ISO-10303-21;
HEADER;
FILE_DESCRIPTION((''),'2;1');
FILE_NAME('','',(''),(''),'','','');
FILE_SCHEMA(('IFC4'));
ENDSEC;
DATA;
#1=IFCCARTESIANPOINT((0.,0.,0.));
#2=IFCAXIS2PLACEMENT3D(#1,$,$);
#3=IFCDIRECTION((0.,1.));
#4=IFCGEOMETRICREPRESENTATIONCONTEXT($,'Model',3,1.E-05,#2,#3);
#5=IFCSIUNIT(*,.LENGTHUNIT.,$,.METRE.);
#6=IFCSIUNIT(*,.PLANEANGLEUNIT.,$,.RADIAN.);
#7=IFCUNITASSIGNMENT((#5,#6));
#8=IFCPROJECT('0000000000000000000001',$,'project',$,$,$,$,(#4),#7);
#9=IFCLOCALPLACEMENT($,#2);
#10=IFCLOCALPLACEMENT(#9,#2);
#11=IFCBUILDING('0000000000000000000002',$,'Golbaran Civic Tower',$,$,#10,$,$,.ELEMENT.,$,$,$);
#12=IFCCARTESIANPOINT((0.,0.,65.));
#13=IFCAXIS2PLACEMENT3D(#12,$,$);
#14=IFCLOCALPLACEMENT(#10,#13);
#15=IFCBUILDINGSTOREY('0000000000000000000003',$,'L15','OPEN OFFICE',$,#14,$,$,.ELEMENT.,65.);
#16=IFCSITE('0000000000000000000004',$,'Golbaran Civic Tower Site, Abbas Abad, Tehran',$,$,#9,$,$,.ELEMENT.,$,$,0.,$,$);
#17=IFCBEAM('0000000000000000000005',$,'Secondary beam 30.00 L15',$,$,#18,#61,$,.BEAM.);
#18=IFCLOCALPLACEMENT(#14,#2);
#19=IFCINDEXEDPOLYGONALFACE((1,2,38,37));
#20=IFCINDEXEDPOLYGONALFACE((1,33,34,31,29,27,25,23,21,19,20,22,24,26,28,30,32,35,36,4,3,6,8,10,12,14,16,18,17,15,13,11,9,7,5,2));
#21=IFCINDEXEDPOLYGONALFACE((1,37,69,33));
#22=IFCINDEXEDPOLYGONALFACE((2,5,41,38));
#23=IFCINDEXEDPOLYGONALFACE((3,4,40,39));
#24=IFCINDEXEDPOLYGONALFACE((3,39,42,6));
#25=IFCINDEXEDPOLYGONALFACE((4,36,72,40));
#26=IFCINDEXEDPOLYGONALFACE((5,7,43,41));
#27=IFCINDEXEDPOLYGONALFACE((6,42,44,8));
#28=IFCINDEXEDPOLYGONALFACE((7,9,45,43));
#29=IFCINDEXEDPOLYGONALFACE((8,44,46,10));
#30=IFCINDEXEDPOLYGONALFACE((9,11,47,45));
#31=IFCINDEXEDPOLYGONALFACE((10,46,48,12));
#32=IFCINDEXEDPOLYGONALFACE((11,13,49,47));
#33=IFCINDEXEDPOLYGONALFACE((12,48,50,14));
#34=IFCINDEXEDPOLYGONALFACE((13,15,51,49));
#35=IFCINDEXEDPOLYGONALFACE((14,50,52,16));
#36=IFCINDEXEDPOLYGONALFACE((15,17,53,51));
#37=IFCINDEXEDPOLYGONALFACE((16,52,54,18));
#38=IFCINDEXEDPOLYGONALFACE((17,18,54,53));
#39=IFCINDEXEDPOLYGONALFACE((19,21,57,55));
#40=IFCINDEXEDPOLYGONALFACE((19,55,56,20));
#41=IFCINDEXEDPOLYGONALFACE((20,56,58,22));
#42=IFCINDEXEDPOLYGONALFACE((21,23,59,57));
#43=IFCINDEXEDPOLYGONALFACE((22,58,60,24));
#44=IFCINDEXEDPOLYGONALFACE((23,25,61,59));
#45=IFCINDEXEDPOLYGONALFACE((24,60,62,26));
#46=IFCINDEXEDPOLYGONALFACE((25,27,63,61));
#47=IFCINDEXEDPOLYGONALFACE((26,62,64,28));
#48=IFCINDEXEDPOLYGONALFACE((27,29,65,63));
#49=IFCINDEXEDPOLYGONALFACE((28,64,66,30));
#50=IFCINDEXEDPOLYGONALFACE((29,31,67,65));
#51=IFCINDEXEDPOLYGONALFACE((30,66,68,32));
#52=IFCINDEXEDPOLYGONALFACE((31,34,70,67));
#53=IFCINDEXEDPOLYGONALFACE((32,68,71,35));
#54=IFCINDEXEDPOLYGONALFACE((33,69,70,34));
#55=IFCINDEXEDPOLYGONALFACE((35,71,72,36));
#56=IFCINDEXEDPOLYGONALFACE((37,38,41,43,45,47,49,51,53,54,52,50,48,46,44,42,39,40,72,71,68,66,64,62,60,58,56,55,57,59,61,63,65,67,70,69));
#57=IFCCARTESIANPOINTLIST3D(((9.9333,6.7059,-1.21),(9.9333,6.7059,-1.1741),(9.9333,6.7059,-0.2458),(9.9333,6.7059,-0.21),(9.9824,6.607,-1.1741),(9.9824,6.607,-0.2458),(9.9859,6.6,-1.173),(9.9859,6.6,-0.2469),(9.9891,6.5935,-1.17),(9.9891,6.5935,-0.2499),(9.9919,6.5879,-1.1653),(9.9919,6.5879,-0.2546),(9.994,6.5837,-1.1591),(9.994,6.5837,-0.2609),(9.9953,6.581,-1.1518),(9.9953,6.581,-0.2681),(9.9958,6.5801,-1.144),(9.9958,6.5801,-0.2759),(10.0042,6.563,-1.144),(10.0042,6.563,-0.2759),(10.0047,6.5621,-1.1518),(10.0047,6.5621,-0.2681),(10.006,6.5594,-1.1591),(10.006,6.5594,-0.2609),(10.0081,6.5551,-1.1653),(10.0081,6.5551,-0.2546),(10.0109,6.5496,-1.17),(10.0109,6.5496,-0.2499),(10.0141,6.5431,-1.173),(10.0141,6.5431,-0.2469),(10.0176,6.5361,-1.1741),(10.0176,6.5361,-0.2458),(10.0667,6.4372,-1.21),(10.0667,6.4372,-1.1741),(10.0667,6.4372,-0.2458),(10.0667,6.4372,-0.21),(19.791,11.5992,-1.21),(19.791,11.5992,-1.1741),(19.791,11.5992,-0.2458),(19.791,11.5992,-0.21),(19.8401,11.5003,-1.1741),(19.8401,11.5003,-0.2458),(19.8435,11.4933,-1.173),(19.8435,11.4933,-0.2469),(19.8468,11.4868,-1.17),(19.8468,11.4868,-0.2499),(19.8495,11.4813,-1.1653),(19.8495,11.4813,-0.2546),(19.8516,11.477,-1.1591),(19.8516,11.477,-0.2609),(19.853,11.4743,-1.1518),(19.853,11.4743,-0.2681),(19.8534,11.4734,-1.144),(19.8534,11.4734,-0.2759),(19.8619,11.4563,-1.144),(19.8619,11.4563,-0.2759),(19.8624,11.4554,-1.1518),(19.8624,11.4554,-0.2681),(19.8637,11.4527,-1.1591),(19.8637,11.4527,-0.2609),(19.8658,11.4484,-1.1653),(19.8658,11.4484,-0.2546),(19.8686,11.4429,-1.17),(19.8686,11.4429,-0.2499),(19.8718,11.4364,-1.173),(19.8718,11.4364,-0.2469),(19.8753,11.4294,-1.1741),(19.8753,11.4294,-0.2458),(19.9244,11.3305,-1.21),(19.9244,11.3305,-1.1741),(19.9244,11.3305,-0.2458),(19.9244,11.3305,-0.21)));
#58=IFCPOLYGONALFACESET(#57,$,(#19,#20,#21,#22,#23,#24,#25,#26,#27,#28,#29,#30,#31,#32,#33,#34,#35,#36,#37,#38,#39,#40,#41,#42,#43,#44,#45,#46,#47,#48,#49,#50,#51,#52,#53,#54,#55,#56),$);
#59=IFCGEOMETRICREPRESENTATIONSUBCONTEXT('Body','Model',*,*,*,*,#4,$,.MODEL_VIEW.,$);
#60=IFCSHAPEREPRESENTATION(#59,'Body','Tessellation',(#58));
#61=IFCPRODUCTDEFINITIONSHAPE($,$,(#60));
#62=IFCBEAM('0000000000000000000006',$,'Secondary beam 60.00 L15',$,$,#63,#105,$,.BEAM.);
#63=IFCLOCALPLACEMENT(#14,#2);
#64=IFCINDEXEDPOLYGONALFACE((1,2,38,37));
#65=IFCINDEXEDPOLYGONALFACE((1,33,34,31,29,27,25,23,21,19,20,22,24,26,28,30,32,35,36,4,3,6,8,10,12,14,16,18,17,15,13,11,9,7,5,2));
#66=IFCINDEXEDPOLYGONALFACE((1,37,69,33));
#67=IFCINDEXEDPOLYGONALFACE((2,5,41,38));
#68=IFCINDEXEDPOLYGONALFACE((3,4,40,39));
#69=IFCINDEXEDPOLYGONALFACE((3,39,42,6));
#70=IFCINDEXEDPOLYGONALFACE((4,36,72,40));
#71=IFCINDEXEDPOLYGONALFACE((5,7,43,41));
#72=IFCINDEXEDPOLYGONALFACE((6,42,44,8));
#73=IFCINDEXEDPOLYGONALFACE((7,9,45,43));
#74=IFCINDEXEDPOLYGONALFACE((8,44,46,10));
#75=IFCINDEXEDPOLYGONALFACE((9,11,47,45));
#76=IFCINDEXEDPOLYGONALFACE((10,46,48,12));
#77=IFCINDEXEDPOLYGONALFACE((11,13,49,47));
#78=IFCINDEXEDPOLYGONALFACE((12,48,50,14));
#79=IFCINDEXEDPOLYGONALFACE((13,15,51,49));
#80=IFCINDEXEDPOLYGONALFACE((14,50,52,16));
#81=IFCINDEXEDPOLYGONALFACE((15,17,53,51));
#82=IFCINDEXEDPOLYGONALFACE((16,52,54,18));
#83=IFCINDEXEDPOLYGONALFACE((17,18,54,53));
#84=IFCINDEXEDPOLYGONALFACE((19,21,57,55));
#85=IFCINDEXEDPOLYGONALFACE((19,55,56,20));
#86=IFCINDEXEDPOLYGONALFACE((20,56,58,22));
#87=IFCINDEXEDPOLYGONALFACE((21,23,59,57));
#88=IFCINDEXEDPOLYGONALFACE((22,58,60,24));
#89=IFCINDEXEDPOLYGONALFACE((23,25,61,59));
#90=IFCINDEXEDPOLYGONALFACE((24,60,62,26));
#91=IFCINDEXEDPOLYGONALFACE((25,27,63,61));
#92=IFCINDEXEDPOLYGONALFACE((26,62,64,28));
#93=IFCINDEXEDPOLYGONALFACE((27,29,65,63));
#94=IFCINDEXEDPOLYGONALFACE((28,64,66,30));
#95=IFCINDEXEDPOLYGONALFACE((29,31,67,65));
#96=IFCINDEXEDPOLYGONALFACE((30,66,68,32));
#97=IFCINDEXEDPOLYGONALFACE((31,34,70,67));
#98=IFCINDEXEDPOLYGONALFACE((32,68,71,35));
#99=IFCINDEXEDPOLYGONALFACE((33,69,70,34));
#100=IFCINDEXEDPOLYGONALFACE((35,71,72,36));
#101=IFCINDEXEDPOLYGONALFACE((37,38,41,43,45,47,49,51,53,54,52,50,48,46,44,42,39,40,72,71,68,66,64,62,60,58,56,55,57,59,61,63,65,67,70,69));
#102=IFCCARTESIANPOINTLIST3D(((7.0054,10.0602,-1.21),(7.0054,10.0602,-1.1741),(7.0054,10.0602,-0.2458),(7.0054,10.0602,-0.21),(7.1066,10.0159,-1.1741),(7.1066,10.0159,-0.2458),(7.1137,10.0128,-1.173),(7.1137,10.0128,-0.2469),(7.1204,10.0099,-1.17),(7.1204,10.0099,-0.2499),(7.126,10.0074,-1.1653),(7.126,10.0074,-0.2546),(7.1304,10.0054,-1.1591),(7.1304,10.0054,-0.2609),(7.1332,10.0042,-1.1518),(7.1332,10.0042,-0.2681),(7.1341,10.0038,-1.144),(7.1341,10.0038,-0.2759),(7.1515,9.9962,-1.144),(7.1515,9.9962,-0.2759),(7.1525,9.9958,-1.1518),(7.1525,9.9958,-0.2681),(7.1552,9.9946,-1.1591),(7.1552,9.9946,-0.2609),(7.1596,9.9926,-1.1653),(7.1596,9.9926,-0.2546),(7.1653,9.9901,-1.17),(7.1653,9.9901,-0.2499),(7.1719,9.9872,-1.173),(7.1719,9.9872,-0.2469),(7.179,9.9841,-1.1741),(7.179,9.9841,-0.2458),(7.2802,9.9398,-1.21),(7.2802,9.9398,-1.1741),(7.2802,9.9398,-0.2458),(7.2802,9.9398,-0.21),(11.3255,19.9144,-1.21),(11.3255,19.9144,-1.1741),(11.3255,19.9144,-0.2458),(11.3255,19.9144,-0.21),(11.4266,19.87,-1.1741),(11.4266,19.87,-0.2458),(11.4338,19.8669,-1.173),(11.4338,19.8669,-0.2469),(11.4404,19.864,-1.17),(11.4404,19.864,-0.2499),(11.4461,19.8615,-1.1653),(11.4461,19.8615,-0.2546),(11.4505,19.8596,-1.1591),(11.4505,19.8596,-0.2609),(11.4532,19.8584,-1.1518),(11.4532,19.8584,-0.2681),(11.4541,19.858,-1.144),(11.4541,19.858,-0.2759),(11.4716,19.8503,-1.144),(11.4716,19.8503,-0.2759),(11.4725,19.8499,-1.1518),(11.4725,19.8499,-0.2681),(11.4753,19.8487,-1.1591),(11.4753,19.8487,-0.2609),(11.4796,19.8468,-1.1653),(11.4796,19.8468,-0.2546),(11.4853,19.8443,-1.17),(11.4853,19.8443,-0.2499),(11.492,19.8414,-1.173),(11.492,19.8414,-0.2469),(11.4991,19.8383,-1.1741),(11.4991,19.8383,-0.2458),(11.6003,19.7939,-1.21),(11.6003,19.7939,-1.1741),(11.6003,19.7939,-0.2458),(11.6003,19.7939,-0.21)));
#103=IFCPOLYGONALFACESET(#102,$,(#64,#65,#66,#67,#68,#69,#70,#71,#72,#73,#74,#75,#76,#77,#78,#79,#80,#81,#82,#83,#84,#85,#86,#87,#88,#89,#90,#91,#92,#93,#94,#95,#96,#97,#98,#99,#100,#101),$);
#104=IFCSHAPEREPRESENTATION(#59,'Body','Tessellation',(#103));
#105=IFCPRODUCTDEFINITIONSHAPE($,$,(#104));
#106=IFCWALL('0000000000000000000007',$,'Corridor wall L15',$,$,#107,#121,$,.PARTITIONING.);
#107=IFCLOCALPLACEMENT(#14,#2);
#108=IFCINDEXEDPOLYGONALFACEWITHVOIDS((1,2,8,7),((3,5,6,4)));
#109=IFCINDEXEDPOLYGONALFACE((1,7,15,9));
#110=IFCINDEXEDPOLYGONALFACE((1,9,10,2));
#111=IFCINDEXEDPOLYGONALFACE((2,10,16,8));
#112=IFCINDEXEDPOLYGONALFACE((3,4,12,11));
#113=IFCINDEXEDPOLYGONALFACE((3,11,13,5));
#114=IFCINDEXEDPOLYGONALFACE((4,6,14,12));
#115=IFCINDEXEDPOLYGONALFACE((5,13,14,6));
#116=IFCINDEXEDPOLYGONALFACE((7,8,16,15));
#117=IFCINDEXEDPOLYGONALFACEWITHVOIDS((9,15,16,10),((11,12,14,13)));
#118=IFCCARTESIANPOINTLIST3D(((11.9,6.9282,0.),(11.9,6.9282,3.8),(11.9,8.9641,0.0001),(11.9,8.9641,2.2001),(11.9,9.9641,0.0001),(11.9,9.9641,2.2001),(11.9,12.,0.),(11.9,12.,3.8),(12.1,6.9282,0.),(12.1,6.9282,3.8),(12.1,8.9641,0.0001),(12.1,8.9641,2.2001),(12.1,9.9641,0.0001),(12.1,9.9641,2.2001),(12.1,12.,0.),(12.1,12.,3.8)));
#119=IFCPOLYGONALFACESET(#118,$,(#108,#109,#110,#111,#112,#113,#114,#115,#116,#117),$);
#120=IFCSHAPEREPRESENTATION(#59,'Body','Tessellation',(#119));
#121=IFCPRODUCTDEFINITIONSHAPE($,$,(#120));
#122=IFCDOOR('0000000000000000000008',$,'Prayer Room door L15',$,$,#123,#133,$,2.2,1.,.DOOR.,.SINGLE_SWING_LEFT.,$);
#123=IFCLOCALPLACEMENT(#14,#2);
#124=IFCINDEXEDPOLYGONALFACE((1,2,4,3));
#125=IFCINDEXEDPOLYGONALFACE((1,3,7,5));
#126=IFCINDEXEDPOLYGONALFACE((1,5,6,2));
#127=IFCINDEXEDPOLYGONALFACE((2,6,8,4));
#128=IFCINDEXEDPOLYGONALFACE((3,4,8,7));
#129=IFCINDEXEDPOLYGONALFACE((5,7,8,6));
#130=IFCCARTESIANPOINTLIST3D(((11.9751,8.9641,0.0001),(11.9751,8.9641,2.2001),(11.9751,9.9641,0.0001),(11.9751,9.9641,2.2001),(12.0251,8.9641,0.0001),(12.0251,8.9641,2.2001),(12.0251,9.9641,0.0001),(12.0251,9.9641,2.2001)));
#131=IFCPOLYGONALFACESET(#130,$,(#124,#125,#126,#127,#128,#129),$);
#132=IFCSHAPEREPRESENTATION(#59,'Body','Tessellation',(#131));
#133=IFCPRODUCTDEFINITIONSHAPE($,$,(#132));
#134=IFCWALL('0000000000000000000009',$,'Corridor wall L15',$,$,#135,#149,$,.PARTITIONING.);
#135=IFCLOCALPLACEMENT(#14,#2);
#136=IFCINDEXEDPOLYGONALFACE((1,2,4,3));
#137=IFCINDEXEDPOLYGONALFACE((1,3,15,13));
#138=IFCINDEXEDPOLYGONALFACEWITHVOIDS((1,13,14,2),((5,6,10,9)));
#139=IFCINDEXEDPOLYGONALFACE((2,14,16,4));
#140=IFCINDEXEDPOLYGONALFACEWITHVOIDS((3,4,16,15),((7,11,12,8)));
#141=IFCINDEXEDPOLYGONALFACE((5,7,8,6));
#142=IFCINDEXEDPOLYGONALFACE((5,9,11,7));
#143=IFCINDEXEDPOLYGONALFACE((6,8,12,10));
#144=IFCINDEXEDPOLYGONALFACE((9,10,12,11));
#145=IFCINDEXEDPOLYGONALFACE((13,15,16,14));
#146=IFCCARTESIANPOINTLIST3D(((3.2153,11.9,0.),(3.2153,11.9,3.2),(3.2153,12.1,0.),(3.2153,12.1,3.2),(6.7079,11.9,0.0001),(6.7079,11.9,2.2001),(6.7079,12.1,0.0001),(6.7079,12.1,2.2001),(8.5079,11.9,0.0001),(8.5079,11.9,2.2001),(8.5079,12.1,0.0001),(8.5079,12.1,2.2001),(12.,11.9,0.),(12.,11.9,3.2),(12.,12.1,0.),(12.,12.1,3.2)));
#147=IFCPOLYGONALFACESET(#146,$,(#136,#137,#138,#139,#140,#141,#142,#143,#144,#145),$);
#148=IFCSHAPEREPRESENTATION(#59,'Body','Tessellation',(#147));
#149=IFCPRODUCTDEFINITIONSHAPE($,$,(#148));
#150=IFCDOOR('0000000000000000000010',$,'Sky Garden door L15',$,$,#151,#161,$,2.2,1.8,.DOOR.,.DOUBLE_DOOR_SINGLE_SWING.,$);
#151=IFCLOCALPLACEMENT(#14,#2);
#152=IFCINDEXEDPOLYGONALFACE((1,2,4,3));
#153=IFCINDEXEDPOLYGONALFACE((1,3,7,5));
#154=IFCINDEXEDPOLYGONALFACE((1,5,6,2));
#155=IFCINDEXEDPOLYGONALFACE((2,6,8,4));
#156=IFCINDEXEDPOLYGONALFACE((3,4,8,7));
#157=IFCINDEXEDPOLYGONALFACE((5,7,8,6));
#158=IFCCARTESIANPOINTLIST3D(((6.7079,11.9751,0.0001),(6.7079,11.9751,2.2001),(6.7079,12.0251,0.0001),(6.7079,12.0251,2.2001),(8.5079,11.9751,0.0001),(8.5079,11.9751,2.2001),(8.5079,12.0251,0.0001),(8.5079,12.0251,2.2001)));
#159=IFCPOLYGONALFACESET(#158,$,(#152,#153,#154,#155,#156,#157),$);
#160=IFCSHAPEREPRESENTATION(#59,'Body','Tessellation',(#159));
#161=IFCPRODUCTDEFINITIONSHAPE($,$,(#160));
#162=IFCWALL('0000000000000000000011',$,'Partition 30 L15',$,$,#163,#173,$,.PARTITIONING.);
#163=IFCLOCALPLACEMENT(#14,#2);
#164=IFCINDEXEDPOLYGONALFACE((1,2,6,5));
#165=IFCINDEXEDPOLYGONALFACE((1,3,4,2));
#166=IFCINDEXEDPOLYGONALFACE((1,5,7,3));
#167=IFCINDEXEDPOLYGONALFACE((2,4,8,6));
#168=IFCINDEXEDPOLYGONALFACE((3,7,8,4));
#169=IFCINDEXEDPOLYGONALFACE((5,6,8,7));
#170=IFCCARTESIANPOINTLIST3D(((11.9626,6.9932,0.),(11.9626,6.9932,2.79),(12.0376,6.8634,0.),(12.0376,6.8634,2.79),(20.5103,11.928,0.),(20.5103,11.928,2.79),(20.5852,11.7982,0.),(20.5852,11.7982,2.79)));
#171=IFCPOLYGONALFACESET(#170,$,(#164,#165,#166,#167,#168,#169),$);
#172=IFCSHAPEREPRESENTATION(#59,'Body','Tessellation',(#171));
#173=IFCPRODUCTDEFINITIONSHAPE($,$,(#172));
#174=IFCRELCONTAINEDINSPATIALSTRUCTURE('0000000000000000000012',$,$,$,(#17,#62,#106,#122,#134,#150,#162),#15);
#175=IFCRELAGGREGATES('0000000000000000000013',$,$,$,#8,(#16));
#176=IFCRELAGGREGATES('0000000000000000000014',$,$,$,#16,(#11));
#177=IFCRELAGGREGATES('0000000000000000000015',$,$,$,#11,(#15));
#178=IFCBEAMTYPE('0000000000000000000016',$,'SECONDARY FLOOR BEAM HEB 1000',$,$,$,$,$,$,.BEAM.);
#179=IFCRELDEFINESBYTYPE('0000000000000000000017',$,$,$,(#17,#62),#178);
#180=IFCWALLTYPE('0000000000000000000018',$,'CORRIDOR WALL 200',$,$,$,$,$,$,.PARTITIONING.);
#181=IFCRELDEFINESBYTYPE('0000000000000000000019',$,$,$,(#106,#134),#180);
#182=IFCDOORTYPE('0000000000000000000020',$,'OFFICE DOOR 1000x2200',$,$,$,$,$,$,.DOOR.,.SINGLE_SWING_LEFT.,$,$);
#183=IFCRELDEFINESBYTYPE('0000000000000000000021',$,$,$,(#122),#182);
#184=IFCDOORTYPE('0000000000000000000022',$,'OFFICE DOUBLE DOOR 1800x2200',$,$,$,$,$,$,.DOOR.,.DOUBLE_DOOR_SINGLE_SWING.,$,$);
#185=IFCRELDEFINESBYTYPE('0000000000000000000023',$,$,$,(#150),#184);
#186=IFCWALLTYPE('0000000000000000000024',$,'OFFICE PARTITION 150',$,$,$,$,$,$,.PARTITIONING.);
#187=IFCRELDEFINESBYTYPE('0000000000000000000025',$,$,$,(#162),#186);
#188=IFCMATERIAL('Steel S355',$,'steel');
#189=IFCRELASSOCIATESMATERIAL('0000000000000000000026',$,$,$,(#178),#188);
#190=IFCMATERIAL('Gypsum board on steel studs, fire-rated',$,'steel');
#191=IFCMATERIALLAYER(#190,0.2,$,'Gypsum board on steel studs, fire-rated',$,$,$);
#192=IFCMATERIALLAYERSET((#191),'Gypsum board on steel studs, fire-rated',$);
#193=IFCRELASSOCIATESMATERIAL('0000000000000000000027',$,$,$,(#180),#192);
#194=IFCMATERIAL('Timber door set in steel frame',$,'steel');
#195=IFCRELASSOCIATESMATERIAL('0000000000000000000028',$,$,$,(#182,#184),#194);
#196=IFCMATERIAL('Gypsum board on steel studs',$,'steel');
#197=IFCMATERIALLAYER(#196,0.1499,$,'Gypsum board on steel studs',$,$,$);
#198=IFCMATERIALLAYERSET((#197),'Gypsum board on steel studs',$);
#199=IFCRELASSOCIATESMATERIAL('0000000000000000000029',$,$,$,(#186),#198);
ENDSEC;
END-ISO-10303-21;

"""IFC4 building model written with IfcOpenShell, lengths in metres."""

from ifc_helpers import new_model, si_unit, direction, frame, frame_2d, origin, origin_2d, place, context, subcontext, project, spatial, rectangle, i_section, extrude, material, layer, layer_set, material_profile, profile_set, type_object, element, fill, save


model = new_model("IFC4")

# Units and contexts
model_context = context("Model", 3, precision=1e-05, world=origin(), true_north=direction((0.0, 1.0)))
body_context = subcontext(model_context, "Body", "Model", "MODEL_VIEW")
ifc_project = project(units=[si_unit("LENGTHUNIT", "METRE"), si_unit("PLANEANGLEUNIT", "RADIAN")], contexts=[model_context])

# Site, building, storey
site_placement = place(None, origin())
site = spatial("IfcSite", under=ifc_project, at=site_placement, Name="Golbaran Civic Tower Site, Abbas Abad, Tehran", CompositionType="ELEMENT", RefElevation=0.0)
building_placement = place(site_placement, origin())
building = spatial("IfcBuilding", under=site, at=building_placement, Name="Golbaran Civic Tower", CompositionType="ELEMENT")
storey_placement = place(building_placement, frame((0.0, 0.0, 65.0)))
storey = spatial("IfcBuildingStorey", under=building, at=storey_placement, Name="L15", Description="OPEN OFFICE", CompositionType="ELEMENT", Elevation=65.0)

# Beams
ifc_material_1 = material(Name="Steel S355", Category="steel")
ifc_material_profile_1 = material_profile(ifc_material_1, i_section(OverallWidth=0.3, OverallDepth=1.0, WebThickness=0.019, FlangeThickness=0.0359, FilletRadius=0.03, at=origin_2d()), Name="HEB 1000")
ifc_profile_set_1 = profile_set([ifc_material_profile_1], Name="Steel S355")
beam_type_1 = type_object("IfcBeamType", Name="SECONDARY FLOOR BEAM HEB 1000", PredefinedType="BEAM", material=ifc_profile_set_1)
beam_1_placement = place(storey_placement, frame((10.0, 6.5715, -0.71), z_axis=(0.895715, 0.44463, 0.0), x_axis=(-0.44463, 0.895715, 0.0)))
element("IfcBeam", 1, at=beam_1_placement, inside=storey, type_object=beam_type_1, Name="Secondary beam 30.00 L15", PredefinedType="BEAM", context=body_context, shape_type="SweptSolid", body=[
    extrude(i_section(OverallWidth=0.3, OverallDepth=1.0, WebThickness=0.019, FlangeThickness=0.0359, FilletRadius=0.03, at=origin_2d()), origin(), (0.0, 0.0, 1.0), 11.0054),
])
beam_2_placement = place(storey_placement, frame((7.1428, 10.0, -0.71), z_axis=(0.401508, 0.915856, 0.0), x_axis=(-0.915856, 0.401508, 0.0)))
element("IfcBeam", 2, at=beam_2_placement, inside=storey, type_object=beam_type_1, Name="Secondary beam 60.00 L15", PredefinedType="BEAM", context=body_context, shape_type="SweptSolid", body=[
    extrude(i_section(OverallWidth=0.3, OverallDepth=1.0, WebThickness=0.019, FlangeThickness=0.0359, FilletRadius=0.03, at=origin_2d()), origin(), (0.0, 0.0, 1.0), 10.7595),
])

# Walls, openings, doors
ifc_material_2 = material(Name="Gypsum board on steel studs, fire-rated", Category="steel")
ifc_layer_1 = layer(ifc_material_2, 0.2, Name="Gypsum board on steel studs, fire-rated")
ifc_layer_set_1 = layer_set([ifc_layer_1], Name="Gypsum board on steel studs, fire-rated")
wall_type_1 = type_object("IfcWallType", Name="CORRIDOR WALL 200", PredefinedType="PARTITIONING", material=ifc_layer_set_1)
wall_1_placement = place(storey_placement, frame((12.0, 6.9282, 0.0), z_axis=(0.0, 0.0, 1.0), x_axis=(0.0, 1.0, 0.0)))
wall_1 = element("IfcWall", 3, at=wall_1_placement, inside=storey, type_object=wall_type_1, Name="Corridor wall L15", PredefinedType="PARTITIONING", context=body_context, shape_type="SweptSolid", body=[
    extrude(rectangle(XDim=5.0718, YDim=0.2, at=frame_2d((2.5359, 0.0))), origin(), (0.0, 0.0, 1.0), 3.8),
])
opening_1_placement = place(wall_1_placement, frame((2.0359, 0.0, 0.0)))
opening_1 = element("IfcOpeningElement", 4, at=opening_1_placement, cuts=wall_1, PredefinedType="OPENING", context=body_context, shape_type="SweptSolid", body=[
    extrude(rectangle(XDim=1.0, YDim=2.2, at=frame_2d((0.5, 1.1001))), frame((0.0, 0.1099, 0.0), z_axis=(0.0, -1.0, 0.0), x_axis=(1.0, 0.0, 0.0)), (0.0, 0.0, 1.0), 0.22),
])
ifc_material_3 = material(Name="Timber door set in steel frame", Category="steel")
door_type_1 = type_object("IfcDoorType", Name="OFFICE DOOR 1000x2200", OperationType="SINGLE_SWING_LEFT", PredefinedType="DOOR", material=ifc_material_3)
door_1_placement = place(opening_1_placement, origin())
door_1 = element("IfcDoor", 5, at=door_1_placement, inside=storey, type_object=door_type_1, Name="Prayer Room door L15", OperationType="SINGLE_SWING_LEFT", OverallHeight=2.2, OverallWidth=1.0, PredefinedType="DOOR", context=body_context, shape_type="SweptSolid", body=[
    extrude(rectangle(XDim=1.0, YDim=2.2, at=frame_2d((0.5, 1.1001))), frame((0.0, 0.0249, 0.0), z_axis=(0.0, -1.0, 0.0), x_axis=(1.0, 0.0, 0.0)), (0.0, 0.0, 1.0), 0.05),
])
fill(opening_1, door_1)
wall_2_placement = place(storey_placement, frame((12.0, 12.0, 0.0), z_axis=(0.0, 0.0, 1.0), x_axis=(-1.0, 0.0, 0.0)))
wall_2 = element("IfcWall", 6, at=wall_2_placement, inside=storey, type_object=wall_type_1, Name="Corridor wall L15", PredefinedType="PARTITIONING", context=body_context, shape_type="SweptSolid", body=[
    extrude(rectangle(XDim=8.7847, YDim=0.2, at=frame_2d((4.3923, 0.0))), origin(), (0.0, 0.0, 1.0), 3.2),
])
opening_2_placement = place(wall_2_placement, frame((3.4922, 0.0, 0.0)))
opening_2 = element("IfcOpeningElement", 7, at=opening_2_placement, cuts=wall_2, PredefinedType="OPENING", context=body_context, shape_type="SweptSolid", body=[
    extrude(rectangle(XDim=1.8, YDim=2.2, at=frame_2d((0.8999, 1.1001))), frame((0.0, 0.1099, 0.0), z_axis=(0.0, -1.0, 0.0), x_axis=(1.0, 0.0, 0.0)), (0.0, 0.0, 1.0), 0.22),
])
door_type_2 = type_object("IfcDoorType", Name="OFFICE DOUBLE DOOR 1800x2200", OperationType="DOUBLE_DOOR_SINGLE_SWING", PredefinedType="DOOR", material=ifc_material_3)
door_2_placement = place(opening_2_placement, origin())
door_2 = element("IfcDoor", 8, at=door_2_placement, inside=storey, type_object=door_type_2, Name="Sky Garden door L15", OperationType="DOUBLE_DOOR_SINGLE_SWING", OverallHeight=2.2, OverallWidth=1.8, PredefinedType="DOOR", context=body_context, shape_type="SweptSolid", body=[
    extrude(rectangle(XDim=1.8, YDim=2.2, at=frame_2d((0.8999, 1.1001))), frame((0.0, 0.0249, 0.0), z_axis=(0.0, -1.0, 0.0), x_axis=(1.0, 0.0, 0.0)), (0.0, 0.0, 1.0), 0.05),
])
fill(opening_2, door_2)

# Wall
ifc_material_4 = material(Name="Gypsum board on steel studs", Category="steel")
ifc_layer_2 = layer(ifc_material_4, 0.1499, Name="Gypsum board on steel studs")
ifc_layer_set_2 = layer_set([ifc_layer_2], Name="Gypsum board on steel studs")
wall_type_2 = type_object("IfcWallType", Name="OFFICE PARTITION 150", PredefinedType="PARTITIONING", material=ifc_layer_set_2)
wall_3_placement = place(storey_placement, frame((12.0, 6.9282, 0.0), z_axis=(0.0, 0.0, 1.0), x_axis=(0.866032, 0.499989, 0.0)))
element("IfcWall", 9, at=wall_3_placement, inside=storey, type_object=wall_type_2, Name="Partition 30 L15", PredefinedType="PARTITIONING", context=body_context, shape_type="SweptSolid", body=[
    extrude(rectangle(XDim=9.8699, YDim=0.1499, at=frame_2d((4.9351, 0.0))), origin(), (0.0, 0.0, 1.0), 2.79),
])

save(model, "model.ifc")
